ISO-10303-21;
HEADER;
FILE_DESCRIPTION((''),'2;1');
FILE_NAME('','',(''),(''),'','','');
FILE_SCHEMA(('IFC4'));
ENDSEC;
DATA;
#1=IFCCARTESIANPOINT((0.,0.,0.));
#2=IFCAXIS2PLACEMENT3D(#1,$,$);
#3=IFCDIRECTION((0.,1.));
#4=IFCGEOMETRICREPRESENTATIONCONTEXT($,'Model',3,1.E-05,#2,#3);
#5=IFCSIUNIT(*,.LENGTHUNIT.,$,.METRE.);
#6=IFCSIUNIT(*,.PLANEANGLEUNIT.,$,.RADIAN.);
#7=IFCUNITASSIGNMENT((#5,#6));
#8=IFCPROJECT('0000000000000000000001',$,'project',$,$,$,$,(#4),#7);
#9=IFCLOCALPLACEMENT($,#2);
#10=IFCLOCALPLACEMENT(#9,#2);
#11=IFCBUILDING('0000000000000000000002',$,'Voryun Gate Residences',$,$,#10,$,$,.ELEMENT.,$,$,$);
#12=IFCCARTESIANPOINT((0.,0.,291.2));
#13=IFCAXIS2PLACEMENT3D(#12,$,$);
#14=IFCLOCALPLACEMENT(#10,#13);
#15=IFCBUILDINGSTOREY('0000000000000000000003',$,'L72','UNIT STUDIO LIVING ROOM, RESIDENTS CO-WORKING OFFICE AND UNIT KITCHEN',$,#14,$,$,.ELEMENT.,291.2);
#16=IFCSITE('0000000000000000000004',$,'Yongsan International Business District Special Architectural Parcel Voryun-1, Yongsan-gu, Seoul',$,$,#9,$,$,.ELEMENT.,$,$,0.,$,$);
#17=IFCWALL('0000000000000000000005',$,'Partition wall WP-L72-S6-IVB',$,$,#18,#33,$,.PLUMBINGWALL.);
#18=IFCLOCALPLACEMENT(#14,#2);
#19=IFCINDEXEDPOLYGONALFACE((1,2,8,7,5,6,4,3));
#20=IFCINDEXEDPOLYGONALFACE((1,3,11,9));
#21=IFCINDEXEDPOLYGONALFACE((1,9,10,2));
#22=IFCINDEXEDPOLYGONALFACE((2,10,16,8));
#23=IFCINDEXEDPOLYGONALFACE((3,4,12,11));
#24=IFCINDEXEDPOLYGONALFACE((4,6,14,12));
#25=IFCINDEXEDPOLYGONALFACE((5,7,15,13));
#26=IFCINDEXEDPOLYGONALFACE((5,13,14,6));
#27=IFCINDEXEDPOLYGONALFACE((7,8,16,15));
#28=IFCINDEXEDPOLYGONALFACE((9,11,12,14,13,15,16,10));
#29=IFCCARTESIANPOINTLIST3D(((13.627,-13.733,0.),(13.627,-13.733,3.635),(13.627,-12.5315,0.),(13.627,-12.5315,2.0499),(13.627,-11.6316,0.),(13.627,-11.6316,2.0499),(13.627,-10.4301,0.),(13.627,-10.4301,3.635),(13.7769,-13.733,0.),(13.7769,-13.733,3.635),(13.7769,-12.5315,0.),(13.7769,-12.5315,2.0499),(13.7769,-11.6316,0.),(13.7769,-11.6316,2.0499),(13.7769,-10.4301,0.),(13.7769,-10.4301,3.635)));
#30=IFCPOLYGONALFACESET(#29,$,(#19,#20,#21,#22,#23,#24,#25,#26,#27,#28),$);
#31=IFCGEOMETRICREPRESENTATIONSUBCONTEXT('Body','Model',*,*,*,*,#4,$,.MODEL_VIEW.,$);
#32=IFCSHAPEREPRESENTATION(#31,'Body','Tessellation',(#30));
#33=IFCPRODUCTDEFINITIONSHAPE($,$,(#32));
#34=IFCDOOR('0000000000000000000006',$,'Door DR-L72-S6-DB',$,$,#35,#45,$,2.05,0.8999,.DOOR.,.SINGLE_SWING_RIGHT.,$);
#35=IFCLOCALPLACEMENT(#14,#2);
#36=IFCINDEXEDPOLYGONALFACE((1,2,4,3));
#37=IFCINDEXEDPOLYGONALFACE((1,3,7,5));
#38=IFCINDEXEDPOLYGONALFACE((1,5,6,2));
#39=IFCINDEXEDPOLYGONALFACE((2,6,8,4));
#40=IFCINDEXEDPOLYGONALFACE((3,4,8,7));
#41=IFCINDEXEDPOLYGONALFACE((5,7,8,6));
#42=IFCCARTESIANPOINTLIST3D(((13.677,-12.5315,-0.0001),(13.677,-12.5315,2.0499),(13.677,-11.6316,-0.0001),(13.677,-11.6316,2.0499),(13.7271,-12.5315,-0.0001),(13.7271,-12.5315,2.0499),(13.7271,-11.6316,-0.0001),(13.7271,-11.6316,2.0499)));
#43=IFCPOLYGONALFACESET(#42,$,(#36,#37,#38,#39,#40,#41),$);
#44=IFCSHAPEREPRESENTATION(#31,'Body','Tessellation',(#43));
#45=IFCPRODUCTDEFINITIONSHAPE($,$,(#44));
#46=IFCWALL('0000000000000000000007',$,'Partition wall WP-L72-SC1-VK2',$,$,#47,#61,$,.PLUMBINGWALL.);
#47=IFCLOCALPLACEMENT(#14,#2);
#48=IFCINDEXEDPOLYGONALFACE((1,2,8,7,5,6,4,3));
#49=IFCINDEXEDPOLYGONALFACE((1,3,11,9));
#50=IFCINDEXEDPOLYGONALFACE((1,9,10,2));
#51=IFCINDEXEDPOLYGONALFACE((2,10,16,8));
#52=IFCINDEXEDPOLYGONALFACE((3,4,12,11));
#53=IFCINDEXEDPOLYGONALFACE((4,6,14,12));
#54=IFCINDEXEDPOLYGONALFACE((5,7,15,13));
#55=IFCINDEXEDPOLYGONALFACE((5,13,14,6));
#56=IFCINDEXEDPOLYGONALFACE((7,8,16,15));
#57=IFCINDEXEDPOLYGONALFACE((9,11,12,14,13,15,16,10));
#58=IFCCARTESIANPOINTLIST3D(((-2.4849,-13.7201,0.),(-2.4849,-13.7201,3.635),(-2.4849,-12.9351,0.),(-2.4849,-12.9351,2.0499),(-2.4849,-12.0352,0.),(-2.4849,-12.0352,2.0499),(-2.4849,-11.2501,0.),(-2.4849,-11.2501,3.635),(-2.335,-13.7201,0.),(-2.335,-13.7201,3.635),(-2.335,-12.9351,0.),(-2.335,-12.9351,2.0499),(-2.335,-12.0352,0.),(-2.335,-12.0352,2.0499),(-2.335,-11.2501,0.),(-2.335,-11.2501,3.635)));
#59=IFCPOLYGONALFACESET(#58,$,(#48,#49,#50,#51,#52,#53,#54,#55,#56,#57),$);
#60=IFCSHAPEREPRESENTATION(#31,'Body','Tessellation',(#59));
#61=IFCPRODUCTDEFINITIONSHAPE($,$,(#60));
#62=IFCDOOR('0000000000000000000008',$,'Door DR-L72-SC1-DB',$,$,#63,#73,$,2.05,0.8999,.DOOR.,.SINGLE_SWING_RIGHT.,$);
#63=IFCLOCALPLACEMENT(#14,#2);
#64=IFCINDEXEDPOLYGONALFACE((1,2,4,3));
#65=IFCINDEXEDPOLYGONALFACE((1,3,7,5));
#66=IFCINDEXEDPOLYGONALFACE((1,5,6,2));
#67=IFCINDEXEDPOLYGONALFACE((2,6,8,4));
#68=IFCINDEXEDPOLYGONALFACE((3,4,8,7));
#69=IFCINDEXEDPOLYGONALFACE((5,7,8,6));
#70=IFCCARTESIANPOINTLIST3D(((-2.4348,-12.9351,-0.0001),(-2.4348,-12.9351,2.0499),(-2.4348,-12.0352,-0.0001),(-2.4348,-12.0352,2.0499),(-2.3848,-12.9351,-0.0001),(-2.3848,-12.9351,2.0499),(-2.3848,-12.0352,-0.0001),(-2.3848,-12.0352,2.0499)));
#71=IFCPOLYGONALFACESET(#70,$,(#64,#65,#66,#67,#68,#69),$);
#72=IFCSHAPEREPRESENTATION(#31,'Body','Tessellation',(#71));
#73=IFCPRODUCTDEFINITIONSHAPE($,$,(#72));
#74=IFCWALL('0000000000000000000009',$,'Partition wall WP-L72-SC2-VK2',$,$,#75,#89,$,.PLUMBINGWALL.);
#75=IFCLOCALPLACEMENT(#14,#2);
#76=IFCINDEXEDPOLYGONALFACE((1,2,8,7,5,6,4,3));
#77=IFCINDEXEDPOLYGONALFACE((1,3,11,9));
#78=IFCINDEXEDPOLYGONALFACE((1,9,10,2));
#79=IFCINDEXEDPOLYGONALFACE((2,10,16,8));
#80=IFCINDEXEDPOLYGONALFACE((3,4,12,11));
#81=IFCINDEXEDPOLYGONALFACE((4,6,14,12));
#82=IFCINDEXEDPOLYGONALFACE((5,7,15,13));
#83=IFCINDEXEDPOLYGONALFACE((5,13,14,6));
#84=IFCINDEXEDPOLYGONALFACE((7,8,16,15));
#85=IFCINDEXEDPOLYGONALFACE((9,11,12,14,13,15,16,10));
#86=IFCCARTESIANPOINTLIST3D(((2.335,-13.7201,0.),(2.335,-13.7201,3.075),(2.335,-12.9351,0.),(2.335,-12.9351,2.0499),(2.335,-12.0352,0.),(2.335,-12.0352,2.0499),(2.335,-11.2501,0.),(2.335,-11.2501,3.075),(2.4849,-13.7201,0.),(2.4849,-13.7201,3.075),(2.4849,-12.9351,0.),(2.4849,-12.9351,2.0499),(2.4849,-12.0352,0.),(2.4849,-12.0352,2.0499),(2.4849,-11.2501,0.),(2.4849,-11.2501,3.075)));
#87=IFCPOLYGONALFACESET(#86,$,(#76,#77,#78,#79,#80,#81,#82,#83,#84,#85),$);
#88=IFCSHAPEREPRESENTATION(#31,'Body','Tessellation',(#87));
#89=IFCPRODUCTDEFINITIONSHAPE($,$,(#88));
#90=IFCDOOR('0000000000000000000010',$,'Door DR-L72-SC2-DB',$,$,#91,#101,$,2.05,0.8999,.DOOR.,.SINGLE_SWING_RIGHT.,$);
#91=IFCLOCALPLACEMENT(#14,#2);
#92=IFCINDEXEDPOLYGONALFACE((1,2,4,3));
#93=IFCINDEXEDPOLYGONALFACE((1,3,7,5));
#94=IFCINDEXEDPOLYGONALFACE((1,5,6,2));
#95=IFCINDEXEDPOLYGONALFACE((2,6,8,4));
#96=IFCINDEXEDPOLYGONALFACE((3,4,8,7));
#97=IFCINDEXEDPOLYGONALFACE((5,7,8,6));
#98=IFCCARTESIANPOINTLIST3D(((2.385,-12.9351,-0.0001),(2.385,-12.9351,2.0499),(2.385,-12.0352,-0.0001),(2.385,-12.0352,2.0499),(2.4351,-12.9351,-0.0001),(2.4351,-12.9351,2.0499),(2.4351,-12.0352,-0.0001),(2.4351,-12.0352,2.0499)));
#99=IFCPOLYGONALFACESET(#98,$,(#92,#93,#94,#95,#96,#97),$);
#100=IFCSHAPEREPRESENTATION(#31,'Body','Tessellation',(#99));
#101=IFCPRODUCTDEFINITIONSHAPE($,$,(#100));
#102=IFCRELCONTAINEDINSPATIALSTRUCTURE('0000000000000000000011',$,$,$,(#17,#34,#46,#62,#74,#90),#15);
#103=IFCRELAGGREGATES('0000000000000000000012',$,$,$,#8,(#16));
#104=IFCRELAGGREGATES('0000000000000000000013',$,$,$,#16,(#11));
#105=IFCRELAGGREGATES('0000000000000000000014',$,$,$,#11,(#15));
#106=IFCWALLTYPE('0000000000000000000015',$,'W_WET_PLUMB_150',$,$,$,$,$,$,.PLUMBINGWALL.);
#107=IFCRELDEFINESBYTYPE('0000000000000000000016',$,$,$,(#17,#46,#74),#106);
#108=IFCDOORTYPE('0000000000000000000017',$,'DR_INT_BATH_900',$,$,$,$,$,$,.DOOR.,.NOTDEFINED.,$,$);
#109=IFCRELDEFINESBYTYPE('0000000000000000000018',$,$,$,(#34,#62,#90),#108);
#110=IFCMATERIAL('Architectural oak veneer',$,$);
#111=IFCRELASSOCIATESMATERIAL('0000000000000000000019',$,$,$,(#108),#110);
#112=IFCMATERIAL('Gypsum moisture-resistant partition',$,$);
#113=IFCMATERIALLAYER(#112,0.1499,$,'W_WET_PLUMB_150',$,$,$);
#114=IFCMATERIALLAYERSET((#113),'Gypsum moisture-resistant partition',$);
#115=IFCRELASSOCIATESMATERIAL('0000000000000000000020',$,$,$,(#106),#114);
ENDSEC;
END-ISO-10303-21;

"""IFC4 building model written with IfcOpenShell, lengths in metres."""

from ifc_helpers import new_model, si_unit, direction, frame, frame_2d, origin, place, context, subcontext, project, spatial, rectangle, extrude, material, layer, layer_set, type_object, element, fill, save


model = new_model("IFC4")

# Units and contexts
model_context = context("Model", 3, precision=1e-05, world=origin(), true_north=direction((0.0, 1.0)))
body_context = subcontext(model_context, "Body", "Model", "MODEL_VIEW")
ifc_project = project(units=[si_unit("LENGTHUNIT", "METRE"), si_unit("PLANEANGLEUNIT", "RADIAN")], contexts=[model_context])

# Site, building, storey
site_placement = place(None, origin())
site = spatial("IfcSite", under=ifc_project, at=site_placement, Name="Yongsan International Business District Special Architectural Parcel Voryun-1, Yongsan-gu, Seoul", CompositionType="ELEMENT", RefElevation=0.0)
building_placement = place(site_placement, origin())
building = spatial("IfcBuilding", under=site, at=building_placement, Name="Voryun Gate Residences", CompositionType="ELEMENT")
storey_placement = place(building_placement, frame((0.0, 0.0, 291.2)))
storey = spatial("IfcBuildingStorey", under=building, at=storey_placement, Name="L72", Description="UNIT STUDIO LIVING ROOM, RESIDENTS CO-WORKING OFFICE AND UNIT KITCHEN", CompositionType="ELEMENT", Elevation=291.2)

# Shared definitions
ifc_material_1 = material(Name="Architectural oak veneer")
door_type_1 = type_object("IfcDoorType", Name="DR_INT_BATH_900", OperationType="NOTDEFINED", PredefinedType="DOOR", material=ifc_material_1)

# Shared definitions
ifc_material_2 = material(Name="Gypsum moisture-resistant partition")
ifc_layer_1 = layer(ifc_material_2, 0.1499, Name="W_WET_PLUMB_150")
ifc_layer_set_1 = layer_set([ifc_layer_1], Name="Gypsum moisture-resistant partition")
wall_type_1 = type_object("IfcWallType", Name="W_WET_PLUMB_150", PredefinedType="PLUMBINGWALL", material=ifc_layer_set_1)

# Walls, openings, doors
wall_1_placement = place(storey_placement, frame((13.7019, -13.7329, 0.0), z_axis=(0.0, 0.0, 1.0), x_axis=(0.0, 1.0, 0.0)))
wall_1 = element("IfcWall", 1, at=wall_1_placement, inside=storey, type_object=wall_type_1, Name="Partition wall WP-L72-S6-IVB", PredefinedType="PLUMBINGWALL", context=body_context, shape_type="SweptSolid", body=[
    extrude(rectangle(XDim=3.303, YDim=0.1499, at=frame_2d((1.6514, 0.0))), origin(), (0.0, 0.0, 1.0), 3.635),
])
opening_1_placement = place(wall_1_placement, frame((1.2014, 0.0, 0.0)))
opening_1 = element("IfcOpeningElement", 2, at=opening_1_placement, cuts=wall_1, PredefinedType="OPENING", context=body_context, shape_type="SweptSolid", body=[
    extrude(rectangle(XDim=0.8999, YDim=2.05, at=frame_2d((0.45, 1.0249))), frame((0.0, 0.085, 0.0), z_axis=(0.0, -1.0, 0.0), x_axis=(1.0, 0.0, 0.0)), (0.0, 0.0, 1.0), 0.1699),
])
door_1_placement = place(opening_1_placement, origin())
door_1 = element("IfcDoor", 3, at=door_1_placement, inside=storey, type_object=door_type_1, Name="Door DR-L72-S6-DB", OperationType="SINGLE_SWING_RIGHT", OverallHeight=2.05, OverallWidth=0.8999, PredefinedType="DOOR", context=body_context, shape_type="SweptSolid", body=[
    extrude(rectangle(XDim=0.8999, YDim=2.05, at=frame_2d((0.45, 1.0249))), frame((0.0, 0.0249, 0.0), z_axis=(0.0, -1.0, 0.0), x_axis=(1.0, 0.0, 0.0)), (0.0, 0.0, 1.0), 0.05),
])
fill(opening_1, door_1)
wall_2_placement = place(storey_placement, frame((-2.4099, -13.72, 0.0), z_axis=(0.0, 0.0, 1.0), x_axis=(0.0, 1.0, 0.0)))
wall_2 = element("IfcWall", 4, at=wall_2_placement, inside=storey, type_object=wall_type_1, Name="Partition wall WP-L72-SC1-VK2", PredefinedType="PLUMBINGWALL", context=body_context, shape_type="SweptSolid", body=[
    extrude(rectangle(XDim=2.47, YDim=0.1499, at=frame_2d((1.2349, 0.0))), origin(), (0.0, 0.0, 1.0), 3.635),
])
opening_2_placement = place(wall_2_placement, frame((0.7849, 0.0, 0.0)))
opening_2 = element("IfcOpeningElement", 5, at=opening_2_placement, cuts=wall_2, PredefinedType="OPENING", context=body_context, shape_type="SweptSolid", body=[
    extrude(rectangle(XDim=0.8999, YDim=2.05, at=frame_2d((0.45, 1.0249))), frame((0.0, 0.085, 0.0), z_axis=(0.0, -1.0, 0.0), x_axis=(1.0, 0.0, 0.0)), (0.0, 0.0, 1.0), 0.1699),
])
door_2_placement = place(opening_2_placement, origin())
door_2 = element("IfcDoor", 6, at=door_2_placement, inside=storey, type_object=door_type_1, Name="Door DR-L72-SC1-DB", OperationType="SINGLE_SWING_RIGHT", OverallHeight=2.05, OverallWidth=0.8999, PredefinedType="DOOR", context=body_context, shape_type="SweptSolid", body=[
    extrude(rectangle(XDim=0.8999, YDim=2.05, at=frame_2d((0.45, 1.0249))), frame((0.0, 0.0249, 0.0), z_axis=(0.0, -1.0, 0.0), x_axis=(1.0, 0.0, 0.0)), (0.0, 0.0, 1.0), 0.05),
])
fill(opening_2, door_2)
wall_3_placement = place(storey_placement, frame((2.4099, -13.72, 0.0), z_axis=(0.0, 0.0, 1.0), x_axis=(0.0, 1.0, 0.0)))
wall_3 = element("IfcWall", 7, at=wall_3_placement, inside=storey, type_object=wall_type_1, Name="Partition wall WP-L72-SC2-VK2", PredefinedType="PLUMBINGWALL", context=body_context, shape_type="SweptSolid", body=[
    extrude(rectangle(XDim=2.47, YDim=0.1499, at=frame_2d((1.2349, 0.0))), origin(), (0.0, 0.0, 1.0), 3.075),
])
opening_3_placement = place(wall_3_placement, frame((0.7849, 0.0, 0.0)))
opening_3 = element("IfcOpeningElement", 8, at=opening_3_placement, cuts=wall_3, PredefinedType="OPENING", context=body_context, shape_type="SweptSolid", body=[
    extrude(rectangle(XDim=0.8999, YDim=2.05, at=frame_2d((0.45, 1.0249))), frame((0.0, 0.085, 0.0), z_axis=(0.0, -1.0, 0.0), x_axis=(1.0, 0.0, 0.0)), (0.0, 0.0, 1.0), 0.1699),
])
door_3_placement = place(opening_3_placement, origin())
door_3 = element("IfcDoor", 9, at=door_3_placement, inside=storey, type_object=door_type_1, Name="Door DR-L72-SC2-DB", OperationType="SINGLE_SWING_RIGHT", OverallHeight=2.05, OverallWidth=0.8999, PredefinedType="DOOR", context=body_context, shape_type="SweptSolid", body=[
    extrude(rectangle(XDim=0.8999, YDim=2.05, at=frame_2d((0.45, 1.0249))), frame((0.0, 0.0249, 0.0), z_axis=(0.0, -1.0, 0.0), x_axis=(1.0, 0.0, 0.0)), (0.0, 0.0, 1.0), 0.05),
])
fill(opening_3, door_3)

save(model, "model.ifc")
